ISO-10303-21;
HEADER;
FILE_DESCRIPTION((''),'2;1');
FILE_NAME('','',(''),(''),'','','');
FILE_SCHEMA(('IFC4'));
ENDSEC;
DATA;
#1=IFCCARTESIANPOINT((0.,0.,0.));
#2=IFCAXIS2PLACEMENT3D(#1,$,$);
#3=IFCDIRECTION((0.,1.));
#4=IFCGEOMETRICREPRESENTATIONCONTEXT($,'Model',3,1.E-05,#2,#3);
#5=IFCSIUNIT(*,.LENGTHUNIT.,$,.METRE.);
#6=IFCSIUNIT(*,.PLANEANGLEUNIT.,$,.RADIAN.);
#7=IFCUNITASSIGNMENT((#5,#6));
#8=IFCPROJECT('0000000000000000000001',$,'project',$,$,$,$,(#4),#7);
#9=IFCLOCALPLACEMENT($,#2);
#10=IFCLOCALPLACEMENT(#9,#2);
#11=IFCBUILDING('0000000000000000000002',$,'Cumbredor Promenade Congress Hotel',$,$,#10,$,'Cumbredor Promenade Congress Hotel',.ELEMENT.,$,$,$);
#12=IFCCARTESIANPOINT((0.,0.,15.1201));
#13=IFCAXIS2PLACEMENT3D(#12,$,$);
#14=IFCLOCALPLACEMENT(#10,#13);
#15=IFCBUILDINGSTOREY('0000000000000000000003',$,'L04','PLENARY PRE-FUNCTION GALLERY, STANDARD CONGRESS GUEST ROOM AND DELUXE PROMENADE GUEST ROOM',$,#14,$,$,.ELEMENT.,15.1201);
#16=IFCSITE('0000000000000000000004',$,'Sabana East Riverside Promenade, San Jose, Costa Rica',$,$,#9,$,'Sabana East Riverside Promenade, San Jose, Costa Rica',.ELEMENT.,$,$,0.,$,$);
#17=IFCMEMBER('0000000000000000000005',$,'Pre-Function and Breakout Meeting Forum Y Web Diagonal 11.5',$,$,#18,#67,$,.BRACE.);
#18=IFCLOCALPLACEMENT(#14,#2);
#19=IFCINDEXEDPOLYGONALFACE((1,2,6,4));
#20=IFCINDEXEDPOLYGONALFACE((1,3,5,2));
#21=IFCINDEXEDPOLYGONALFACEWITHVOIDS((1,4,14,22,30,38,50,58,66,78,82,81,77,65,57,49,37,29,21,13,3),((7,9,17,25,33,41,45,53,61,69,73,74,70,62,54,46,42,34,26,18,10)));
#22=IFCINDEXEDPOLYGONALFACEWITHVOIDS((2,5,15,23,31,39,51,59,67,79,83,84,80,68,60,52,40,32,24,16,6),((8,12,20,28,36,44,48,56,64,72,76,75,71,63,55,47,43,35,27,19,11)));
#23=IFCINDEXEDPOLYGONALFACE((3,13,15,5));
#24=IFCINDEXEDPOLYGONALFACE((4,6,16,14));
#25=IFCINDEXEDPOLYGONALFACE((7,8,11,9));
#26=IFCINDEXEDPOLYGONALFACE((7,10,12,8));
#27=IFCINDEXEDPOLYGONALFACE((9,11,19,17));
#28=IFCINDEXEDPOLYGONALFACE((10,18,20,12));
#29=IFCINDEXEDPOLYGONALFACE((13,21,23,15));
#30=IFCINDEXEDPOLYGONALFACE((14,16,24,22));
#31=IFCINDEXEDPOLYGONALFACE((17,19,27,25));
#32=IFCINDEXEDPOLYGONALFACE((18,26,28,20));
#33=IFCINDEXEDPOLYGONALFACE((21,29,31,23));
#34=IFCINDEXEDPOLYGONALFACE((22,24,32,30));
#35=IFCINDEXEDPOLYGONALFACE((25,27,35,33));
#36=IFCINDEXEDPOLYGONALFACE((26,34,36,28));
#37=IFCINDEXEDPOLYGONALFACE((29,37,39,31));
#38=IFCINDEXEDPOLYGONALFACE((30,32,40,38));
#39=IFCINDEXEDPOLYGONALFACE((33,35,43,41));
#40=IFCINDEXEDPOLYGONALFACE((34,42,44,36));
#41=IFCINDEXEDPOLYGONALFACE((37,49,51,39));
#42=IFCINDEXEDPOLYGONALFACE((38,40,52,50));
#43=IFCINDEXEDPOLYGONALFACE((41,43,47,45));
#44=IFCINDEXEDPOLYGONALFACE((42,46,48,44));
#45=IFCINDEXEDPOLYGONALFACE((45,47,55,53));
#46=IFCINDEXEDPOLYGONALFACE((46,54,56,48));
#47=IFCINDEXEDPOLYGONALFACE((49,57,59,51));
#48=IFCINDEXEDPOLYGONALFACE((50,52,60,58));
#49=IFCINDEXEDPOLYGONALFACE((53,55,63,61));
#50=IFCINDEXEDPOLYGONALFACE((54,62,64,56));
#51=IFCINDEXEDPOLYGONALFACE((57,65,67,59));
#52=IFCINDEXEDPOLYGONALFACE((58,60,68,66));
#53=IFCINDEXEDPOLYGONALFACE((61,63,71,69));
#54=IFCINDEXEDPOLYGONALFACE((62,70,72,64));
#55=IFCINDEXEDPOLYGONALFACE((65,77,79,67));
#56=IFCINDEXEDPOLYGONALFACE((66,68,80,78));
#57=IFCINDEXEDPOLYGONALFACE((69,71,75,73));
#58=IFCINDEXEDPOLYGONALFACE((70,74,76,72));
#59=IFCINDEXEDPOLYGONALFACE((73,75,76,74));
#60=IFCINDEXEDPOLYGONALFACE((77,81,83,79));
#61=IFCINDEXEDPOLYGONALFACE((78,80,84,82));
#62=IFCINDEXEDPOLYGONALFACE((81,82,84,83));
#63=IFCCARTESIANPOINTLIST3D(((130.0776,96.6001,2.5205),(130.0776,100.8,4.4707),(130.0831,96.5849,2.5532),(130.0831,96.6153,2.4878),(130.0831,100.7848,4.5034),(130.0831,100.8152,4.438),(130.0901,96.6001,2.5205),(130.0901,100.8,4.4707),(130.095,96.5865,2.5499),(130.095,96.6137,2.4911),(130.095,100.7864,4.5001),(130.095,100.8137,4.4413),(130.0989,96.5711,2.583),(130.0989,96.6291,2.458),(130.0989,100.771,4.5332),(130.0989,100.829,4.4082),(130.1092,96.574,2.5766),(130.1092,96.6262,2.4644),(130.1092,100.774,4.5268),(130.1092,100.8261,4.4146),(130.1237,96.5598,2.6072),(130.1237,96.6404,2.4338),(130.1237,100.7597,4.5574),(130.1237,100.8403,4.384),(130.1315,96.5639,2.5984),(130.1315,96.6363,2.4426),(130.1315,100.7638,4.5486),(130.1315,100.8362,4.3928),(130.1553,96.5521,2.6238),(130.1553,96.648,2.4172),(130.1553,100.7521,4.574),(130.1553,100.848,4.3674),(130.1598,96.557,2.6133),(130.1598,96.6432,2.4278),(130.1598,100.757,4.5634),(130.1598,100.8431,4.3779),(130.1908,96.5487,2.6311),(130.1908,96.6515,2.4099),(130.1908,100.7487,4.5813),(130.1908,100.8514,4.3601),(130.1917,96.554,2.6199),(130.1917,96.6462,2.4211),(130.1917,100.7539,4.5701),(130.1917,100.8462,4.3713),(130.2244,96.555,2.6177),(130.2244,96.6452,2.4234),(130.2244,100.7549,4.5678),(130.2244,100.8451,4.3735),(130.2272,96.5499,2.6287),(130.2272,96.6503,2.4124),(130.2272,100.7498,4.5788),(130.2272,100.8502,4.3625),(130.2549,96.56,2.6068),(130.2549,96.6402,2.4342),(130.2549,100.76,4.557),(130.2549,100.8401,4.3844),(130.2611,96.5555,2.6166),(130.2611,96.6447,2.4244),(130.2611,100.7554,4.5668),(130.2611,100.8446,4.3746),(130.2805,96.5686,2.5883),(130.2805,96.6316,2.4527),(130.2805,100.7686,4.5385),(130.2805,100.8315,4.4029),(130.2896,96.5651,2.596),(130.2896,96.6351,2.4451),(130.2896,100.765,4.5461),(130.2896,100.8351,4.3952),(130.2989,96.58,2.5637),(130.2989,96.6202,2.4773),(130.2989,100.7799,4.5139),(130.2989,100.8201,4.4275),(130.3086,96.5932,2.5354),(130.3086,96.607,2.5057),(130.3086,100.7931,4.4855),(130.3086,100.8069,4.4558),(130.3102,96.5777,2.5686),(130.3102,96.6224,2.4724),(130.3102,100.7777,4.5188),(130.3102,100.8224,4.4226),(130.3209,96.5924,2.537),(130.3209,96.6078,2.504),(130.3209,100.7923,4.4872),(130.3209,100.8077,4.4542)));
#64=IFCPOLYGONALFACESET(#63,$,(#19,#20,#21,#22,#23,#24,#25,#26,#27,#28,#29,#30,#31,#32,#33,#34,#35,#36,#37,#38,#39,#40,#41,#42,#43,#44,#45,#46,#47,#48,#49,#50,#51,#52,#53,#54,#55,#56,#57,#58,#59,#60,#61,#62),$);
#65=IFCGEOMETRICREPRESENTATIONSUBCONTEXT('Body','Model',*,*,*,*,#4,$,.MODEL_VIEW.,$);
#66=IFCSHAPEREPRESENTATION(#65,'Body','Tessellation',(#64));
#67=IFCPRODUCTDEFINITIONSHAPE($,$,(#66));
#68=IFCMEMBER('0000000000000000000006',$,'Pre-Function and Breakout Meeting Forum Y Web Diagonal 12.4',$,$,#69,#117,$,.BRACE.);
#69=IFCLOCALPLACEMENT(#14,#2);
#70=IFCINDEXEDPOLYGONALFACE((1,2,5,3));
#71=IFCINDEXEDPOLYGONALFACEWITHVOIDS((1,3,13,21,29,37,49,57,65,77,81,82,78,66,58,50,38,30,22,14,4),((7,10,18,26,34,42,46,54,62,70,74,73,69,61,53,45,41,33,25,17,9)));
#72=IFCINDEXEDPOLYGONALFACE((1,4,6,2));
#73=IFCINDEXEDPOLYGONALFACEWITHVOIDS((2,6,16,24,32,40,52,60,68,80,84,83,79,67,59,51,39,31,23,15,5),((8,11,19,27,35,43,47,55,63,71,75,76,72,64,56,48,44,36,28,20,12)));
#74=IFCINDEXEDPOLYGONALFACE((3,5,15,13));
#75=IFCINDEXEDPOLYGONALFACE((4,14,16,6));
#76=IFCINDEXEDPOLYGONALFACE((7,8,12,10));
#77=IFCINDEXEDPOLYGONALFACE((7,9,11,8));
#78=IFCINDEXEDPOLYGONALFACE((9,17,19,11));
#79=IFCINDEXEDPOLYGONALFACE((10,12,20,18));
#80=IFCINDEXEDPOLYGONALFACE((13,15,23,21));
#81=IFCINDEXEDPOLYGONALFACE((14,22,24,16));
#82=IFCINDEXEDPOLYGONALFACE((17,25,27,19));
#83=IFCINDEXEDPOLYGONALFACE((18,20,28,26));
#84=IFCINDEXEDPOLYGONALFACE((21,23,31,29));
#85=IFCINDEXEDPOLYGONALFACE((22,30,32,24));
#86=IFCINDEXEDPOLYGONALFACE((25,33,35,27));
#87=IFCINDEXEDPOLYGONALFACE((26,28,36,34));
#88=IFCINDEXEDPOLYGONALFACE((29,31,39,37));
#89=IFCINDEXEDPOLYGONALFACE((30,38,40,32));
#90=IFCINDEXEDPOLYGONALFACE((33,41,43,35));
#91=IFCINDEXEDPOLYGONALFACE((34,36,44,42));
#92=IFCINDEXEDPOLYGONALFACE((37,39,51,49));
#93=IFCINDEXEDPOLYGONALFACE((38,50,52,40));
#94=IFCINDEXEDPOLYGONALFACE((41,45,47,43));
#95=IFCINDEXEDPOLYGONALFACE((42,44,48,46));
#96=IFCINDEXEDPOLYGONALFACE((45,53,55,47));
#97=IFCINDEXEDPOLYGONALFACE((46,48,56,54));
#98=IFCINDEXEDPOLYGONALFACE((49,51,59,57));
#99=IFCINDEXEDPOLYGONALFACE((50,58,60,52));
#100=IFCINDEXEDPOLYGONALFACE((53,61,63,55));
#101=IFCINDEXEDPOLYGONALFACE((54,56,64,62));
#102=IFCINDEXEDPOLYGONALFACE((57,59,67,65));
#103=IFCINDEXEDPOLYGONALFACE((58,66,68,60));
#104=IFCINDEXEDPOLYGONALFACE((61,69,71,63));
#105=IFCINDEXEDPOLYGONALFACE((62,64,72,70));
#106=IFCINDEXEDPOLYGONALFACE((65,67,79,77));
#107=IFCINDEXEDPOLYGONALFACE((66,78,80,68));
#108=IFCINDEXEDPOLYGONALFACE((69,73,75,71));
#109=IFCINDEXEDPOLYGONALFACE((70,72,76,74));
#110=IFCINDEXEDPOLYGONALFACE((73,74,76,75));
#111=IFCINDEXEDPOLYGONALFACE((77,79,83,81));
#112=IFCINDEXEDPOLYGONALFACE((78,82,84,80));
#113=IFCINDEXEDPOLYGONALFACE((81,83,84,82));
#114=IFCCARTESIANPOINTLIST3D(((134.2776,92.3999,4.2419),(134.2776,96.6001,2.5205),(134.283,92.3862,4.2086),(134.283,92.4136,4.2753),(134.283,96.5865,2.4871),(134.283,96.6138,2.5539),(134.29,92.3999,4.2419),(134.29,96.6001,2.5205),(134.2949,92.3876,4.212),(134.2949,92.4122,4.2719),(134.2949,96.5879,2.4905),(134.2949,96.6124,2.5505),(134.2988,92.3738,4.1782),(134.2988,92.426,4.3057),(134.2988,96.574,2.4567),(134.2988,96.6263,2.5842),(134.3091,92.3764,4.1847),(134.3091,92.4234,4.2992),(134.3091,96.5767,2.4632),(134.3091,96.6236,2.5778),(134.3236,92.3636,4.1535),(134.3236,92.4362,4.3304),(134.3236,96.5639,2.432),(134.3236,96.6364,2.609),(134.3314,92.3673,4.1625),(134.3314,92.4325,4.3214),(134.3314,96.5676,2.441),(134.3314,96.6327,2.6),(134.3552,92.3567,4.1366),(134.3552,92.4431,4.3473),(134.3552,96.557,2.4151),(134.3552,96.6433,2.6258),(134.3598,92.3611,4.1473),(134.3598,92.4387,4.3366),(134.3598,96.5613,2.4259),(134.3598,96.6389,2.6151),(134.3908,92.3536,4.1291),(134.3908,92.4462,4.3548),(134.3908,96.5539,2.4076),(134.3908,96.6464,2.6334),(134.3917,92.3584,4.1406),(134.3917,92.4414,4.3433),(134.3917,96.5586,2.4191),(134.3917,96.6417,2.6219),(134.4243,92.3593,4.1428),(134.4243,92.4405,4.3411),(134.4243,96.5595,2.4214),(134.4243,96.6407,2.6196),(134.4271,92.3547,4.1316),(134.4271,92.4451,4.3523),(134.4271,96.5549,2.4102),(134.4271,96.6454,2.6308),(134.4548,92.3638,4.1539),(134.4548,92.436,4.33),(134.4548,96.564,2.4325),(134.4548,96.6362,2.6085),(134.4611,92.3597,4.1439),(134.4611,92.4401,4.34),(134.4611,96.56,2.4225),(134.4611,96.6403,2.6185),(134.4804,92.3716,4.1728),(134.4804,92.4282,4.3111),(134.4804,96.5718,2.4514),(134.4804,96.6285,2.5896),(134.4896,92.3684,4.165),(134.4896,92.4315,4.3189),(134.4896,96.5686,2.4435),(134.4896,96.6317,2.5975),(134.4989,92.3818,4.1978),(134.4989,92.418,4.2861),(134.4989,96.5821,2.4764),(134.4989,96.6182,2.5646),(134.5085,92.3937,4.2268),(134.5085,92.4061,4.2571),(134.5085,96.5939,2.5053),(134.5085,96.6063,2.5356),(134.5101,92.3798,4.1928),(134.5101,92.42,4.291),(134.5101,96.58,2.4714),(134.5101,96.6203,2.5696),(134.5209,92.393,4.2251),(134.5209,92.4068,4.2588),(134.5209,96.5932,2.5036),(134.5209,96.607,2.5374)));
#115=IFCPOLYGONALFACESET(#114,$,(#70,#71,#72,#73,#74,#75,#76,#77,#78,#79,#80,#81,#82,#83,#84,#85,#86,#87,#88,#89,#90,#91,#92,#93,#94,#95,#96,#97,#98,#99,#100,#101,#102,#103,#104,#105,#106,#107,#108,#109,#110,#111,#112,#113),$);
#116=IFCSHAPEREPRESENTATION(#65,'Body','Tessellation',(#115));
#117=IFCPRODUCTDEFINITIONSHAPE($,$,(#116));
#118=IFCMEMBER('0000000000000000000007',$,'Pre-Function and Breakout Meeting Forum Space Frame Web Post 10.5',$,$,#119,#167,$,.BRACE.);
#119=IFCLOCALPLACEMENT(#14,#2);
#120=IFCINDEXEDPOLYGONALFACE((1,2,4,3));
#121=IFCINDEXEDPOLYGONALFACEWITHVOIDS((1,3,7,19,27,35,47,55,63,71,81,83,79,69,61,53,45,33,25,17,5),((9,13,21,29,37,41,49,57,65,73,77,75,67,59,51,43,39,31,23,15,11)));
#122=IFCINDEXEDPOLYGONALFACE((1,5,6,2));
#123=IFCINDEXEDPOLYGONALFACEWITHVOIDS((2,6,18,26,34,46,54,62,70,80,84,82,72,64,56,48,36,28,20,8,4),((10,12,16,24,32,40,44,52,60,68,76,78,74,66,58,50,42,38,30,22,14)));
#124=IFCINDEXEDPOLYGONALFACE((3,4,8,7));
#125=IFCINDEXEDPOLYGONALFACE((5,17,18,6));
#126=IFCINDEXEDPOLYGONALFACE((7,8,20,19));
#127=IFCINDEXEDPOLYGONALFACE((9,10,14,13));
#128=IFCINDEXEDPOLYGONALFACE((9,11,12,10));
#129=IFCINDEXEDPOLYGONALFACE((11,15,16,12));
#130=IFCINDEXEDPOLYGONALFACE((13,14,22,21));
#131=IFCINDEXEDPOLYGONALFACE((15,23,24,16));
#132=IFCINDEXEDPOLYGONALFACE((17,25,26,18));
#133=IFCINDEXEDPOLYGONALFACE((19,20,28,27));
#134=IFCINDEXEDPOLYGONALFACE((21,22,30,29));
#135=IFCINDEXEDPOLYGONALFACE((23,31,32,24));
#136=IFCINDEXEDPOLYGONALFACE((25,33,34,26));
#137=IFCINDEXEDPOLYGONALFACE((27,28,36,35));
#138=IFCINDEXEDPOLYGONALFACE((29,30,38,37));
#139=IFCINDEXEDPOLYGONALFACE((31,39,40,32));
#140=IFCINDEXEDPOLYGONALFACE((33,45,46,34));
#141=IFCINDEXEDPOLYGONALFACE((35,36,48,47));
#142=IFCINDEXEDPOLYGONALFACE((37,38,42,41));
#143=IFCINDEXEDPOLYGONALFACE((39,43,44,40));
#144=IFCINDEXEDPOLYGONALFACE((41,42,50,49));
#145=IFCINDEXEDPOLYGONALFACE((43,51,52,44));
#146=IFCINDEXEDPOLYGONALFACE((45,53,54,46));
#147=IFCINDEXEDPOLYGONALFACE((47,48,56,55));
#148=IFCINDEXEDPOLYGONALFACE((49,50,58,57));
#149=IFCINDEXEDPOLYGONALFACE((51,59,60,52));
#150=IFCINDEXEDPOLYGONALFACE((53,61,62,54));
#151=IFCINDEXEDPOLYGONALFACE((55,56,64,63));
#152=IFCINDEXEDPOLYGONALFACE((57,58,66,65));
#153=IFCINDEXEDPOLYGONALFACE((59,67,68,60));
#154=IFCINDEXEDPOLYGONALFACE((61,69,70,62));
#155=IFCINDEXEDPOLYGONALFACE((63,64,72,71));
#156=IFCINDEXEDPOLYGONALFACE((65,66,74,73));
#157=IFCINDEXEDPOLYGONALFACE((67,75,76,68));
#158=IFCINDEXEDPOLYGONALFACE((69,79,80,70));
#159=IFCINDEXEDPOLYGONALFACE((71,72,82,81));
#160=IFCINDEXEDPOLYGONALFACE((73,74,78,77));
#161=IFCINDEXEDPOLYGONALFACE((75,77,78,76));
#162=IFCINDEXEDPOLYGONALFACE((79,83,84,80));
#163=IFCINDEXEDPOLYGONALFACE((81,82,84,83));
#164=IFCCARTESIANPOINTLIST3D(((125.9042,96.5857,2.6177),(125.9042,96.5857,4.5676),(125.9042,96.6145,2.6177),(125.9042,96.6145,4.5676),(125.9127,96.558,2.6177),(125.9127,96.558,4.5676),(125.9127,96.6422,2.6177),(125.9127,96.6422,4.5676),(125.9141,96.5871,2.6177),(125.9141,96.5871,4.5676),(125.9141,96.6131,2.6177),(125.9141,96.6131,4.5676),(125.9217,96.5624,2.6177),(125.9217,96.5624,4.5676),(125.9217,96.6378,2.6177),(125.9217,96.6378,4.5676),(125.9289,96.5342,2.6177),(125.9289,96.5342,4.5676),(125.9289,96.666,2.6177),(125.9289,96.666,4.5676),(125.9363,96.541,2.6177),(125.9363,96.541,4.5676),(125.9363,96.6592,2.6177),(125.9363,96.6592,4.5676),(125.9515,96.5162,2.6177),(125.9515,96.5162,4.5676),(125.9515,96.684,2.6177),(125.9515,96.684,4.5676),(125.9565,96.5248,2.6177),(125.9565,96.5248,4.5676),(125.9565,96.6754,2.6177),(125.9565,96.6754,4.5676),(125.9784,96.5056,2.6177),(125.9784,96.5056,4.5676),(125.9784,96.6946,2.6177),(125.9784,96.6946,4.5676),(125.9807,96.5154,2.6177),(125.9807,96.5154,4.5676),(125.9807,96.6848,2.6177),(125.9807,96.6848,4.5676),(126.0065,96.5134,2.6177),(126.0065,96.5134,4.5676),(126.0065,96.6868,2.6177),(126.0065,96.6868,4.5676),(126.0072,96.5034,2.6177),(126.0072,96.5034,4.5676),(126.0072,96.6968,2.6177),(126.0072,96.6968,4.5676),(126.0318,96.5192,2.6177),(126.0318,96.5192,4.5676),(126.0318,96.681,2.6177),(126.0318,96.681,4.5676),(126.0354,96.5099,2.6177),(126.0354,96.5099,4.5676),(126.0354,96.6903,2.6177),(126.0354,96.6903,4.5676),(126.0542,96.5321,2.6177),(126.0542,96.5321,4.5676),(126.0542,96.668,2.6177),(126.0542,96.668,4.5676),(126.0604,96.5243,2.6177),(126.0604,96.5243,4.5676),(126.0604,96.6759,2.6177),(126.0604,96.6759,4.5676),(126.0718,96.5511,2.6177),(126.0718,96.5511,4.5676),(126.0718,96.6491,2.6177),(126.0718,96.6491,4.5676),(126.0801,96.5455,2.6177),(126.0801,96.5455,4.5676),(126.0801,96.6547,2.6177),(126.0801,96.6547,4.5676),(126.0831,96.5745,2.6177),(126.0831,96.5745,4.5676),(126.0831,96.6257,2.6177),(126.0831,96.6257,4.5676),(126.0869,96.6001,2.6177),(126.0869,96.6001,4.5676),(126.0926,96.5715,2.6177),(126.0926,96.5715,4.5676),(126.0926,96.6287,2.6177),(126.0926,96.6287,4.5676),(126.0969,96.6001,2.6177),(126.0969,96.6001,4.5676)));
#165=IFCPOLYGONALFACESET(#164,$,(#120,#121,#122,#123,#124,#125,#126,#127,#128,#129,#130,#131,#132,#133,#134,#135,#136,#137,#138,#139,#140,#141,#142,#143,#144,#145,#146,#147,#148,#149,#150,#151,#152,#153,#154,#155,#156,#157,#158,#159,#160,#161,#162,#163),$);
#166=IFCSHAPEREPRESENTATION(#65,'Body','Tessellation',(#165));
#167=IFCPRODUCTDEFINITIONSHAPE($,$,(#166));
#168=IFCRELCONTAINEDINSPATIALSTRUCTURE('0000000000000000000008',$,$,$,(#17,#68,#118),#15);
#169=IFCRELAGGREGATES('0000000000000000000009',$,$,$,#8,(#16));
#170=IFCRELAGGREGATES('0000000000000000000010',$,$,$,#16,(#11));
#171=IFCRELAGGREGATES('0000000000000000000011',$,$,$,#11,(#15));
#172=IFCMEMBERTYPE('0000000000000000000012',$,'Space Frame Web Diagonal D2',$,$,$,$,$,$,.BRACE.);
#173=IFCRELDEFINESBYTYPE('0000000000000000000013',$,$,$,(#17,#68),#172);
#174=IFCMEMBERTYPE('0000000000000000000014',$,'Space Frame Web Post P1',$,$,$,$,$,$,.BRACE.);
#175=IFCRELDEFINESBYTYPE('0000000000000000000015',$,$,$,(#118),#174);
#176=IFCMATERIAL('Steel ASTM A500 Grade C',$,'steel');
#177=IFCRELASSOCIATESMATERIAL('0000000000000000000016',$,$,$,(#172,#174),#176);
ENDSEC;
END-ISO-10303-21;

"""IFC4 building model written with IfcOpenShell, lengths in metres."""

from ifc_helpers import new_model, si_unit, direction, frame, origin, origin_2d, place, context, subcontext, project, spatial, hollow_circle, extrude, material, material_profile, profile_set, type_object, element, save


model = new_model("IFC4")

# Units and contexts
model_context = context("Model", 3, precision=1e-05, world=origin(), true_north=direction((0.0, 1.0)))
body_context = subcontext(model_context, "Body", "Model", "MODEL_VIEW")
ifc_project = project(units=[si_unit("LENGTHUNIT", "METRE"), si_unit("PLANEANGLEUNIT", "RADIAN")], contexts=[model_context])

# Site, building, storey
site_placement = place(None, origin())
site = spatial("IfcSite", under=ifc_project, at=site_placement, Name="Sabana East Riverside Promenade, San Jose, Costa Rica", LongName="Sabana East Riverside Promenade, San Jose, Costa Rica", CompositionType="ELEMENT", RefElevation=0.0)
building_placement = place(site_placement, origin())
building = spatial("IfcBuilding", under=site, at=building_placement, Name="Cumbredor Promenade Congress Hotel", LongName="Cumbredor Promenade Congress Hotel", CompositionType="ELEMENT")
storey_placement = place(building_placement, frame((0.0, 0.0, 15.1201)))
storey = spatial("IfcBuildingStorey", under=building, at=storey_placement, Name="L04", Description="PLENARY PRE-FUNCTION GALLERY, STANDARD CONGRESS GUEST ROOM AND DELUXE PROMENADE GUEST ROOM", CompositionType="ELEMENT", Elevation=15.1201)

# Members
ifc_material_1 = material(Name="Steel ASTM A500 Grade C", Category="steel")
ifc_material_profile_1 = material_profile(ifc_material_1, hollow_circle(Radius=0.1223, WallThickness=0.0125, at=origin_2d()), Name="CHS 244.5x12.5")
ifc_profile_set_1 = profile_set([ifc_material_profile_1], Name="Steel ASTM A500 Grade C")
member_type_1 = type_object("IfcMemberType", Name="Space Frame Web Diagonal D2", PredefinedType="BRACE", material=ifc_profile_set_1)
member_1_placement = place(storey_placement, frame((130.2, 96.6001, 2.5205), z_axis=(0.0, 0.906991, 0.42115), x_axis=(-1.0, 0.0, 0.0)))
element("IfcMember", 1, at=member_1_placement, inside=storey, type_object=member_type_1, Name="Pre-Function and Breakout Meeting Forum Y Web Diagonal 11.5", PredefinedType="BRACE", context=body_context, shape_type="SweptSolid", body=[
    extrude(hollow_circle(Radius=0.1223, WallThickness=0.0125, at=origin_2d()), origin(), (0.0, 0.0, 1.0), 4.6306),
])
member_2_placement = place(storey_placement, frame((134.3999, 92.3999, 4.2419), z_axis=(0.0, 0.925302, -0.379232), x_axis=(-1.0, 0.0, 0.0)))
element("IfcMember", 2, at=member_2_placement, inside=storey, type_object=member_type_1, Name="Pre-Function and Breakout Meeting Forum Y Web Diagonal 12.4", PredefinedType="BRACE", context=body_context, shape_type="SweptSolid", body=[
    extrude(hollow_circle(Radius=0.1223, WallThickness=0.0125, at=origin_2d()), origin(), (0.0, 0.0, 1.0), 4.5393),
])
ifc_material_profile_2 = material_profile(ifc_material_1, hollow_circle(Radius=0.0969, WallThickness=0.01, at=origin_2d()), Name="CHS 193.7x10")
ifc_profile_set_2 = profile_set([ifc_material_profile_2], Name="Steel ASTM A500 Grade C")
member_type_2 = type_object("IfcMemberType", Name="Space Frame Web Post P1", PredefinedType="BRACE", material=ifc_profile_set_2)
for number, where, z_axis, x_axis, name in (
    (3, (126.0, 96.6001, 2.6177), (0.0, 0.0, 1.0), (1.0, 0.0, 0.0), "Pre-Function and Breakout Meeting Forum Space Frame Web Post 10.5"),
):
    element("IfcMember", number, at=place(storey_placement, frame(where, z_axis=z_axis, x_axis=x_axis)), inside=storey, type_object=member_type_2, Name=name, PredefinedType="BRACE", context=body_context, shape_type="SweptSolid", body=[
        extrude(hollow_circle(Radius=0.0969, WallThickness=0.01, at=origin_2d()), origin(), (0.0, 0.0, 1.0), 1.95),
    ])

save(model, "model.ifc")
